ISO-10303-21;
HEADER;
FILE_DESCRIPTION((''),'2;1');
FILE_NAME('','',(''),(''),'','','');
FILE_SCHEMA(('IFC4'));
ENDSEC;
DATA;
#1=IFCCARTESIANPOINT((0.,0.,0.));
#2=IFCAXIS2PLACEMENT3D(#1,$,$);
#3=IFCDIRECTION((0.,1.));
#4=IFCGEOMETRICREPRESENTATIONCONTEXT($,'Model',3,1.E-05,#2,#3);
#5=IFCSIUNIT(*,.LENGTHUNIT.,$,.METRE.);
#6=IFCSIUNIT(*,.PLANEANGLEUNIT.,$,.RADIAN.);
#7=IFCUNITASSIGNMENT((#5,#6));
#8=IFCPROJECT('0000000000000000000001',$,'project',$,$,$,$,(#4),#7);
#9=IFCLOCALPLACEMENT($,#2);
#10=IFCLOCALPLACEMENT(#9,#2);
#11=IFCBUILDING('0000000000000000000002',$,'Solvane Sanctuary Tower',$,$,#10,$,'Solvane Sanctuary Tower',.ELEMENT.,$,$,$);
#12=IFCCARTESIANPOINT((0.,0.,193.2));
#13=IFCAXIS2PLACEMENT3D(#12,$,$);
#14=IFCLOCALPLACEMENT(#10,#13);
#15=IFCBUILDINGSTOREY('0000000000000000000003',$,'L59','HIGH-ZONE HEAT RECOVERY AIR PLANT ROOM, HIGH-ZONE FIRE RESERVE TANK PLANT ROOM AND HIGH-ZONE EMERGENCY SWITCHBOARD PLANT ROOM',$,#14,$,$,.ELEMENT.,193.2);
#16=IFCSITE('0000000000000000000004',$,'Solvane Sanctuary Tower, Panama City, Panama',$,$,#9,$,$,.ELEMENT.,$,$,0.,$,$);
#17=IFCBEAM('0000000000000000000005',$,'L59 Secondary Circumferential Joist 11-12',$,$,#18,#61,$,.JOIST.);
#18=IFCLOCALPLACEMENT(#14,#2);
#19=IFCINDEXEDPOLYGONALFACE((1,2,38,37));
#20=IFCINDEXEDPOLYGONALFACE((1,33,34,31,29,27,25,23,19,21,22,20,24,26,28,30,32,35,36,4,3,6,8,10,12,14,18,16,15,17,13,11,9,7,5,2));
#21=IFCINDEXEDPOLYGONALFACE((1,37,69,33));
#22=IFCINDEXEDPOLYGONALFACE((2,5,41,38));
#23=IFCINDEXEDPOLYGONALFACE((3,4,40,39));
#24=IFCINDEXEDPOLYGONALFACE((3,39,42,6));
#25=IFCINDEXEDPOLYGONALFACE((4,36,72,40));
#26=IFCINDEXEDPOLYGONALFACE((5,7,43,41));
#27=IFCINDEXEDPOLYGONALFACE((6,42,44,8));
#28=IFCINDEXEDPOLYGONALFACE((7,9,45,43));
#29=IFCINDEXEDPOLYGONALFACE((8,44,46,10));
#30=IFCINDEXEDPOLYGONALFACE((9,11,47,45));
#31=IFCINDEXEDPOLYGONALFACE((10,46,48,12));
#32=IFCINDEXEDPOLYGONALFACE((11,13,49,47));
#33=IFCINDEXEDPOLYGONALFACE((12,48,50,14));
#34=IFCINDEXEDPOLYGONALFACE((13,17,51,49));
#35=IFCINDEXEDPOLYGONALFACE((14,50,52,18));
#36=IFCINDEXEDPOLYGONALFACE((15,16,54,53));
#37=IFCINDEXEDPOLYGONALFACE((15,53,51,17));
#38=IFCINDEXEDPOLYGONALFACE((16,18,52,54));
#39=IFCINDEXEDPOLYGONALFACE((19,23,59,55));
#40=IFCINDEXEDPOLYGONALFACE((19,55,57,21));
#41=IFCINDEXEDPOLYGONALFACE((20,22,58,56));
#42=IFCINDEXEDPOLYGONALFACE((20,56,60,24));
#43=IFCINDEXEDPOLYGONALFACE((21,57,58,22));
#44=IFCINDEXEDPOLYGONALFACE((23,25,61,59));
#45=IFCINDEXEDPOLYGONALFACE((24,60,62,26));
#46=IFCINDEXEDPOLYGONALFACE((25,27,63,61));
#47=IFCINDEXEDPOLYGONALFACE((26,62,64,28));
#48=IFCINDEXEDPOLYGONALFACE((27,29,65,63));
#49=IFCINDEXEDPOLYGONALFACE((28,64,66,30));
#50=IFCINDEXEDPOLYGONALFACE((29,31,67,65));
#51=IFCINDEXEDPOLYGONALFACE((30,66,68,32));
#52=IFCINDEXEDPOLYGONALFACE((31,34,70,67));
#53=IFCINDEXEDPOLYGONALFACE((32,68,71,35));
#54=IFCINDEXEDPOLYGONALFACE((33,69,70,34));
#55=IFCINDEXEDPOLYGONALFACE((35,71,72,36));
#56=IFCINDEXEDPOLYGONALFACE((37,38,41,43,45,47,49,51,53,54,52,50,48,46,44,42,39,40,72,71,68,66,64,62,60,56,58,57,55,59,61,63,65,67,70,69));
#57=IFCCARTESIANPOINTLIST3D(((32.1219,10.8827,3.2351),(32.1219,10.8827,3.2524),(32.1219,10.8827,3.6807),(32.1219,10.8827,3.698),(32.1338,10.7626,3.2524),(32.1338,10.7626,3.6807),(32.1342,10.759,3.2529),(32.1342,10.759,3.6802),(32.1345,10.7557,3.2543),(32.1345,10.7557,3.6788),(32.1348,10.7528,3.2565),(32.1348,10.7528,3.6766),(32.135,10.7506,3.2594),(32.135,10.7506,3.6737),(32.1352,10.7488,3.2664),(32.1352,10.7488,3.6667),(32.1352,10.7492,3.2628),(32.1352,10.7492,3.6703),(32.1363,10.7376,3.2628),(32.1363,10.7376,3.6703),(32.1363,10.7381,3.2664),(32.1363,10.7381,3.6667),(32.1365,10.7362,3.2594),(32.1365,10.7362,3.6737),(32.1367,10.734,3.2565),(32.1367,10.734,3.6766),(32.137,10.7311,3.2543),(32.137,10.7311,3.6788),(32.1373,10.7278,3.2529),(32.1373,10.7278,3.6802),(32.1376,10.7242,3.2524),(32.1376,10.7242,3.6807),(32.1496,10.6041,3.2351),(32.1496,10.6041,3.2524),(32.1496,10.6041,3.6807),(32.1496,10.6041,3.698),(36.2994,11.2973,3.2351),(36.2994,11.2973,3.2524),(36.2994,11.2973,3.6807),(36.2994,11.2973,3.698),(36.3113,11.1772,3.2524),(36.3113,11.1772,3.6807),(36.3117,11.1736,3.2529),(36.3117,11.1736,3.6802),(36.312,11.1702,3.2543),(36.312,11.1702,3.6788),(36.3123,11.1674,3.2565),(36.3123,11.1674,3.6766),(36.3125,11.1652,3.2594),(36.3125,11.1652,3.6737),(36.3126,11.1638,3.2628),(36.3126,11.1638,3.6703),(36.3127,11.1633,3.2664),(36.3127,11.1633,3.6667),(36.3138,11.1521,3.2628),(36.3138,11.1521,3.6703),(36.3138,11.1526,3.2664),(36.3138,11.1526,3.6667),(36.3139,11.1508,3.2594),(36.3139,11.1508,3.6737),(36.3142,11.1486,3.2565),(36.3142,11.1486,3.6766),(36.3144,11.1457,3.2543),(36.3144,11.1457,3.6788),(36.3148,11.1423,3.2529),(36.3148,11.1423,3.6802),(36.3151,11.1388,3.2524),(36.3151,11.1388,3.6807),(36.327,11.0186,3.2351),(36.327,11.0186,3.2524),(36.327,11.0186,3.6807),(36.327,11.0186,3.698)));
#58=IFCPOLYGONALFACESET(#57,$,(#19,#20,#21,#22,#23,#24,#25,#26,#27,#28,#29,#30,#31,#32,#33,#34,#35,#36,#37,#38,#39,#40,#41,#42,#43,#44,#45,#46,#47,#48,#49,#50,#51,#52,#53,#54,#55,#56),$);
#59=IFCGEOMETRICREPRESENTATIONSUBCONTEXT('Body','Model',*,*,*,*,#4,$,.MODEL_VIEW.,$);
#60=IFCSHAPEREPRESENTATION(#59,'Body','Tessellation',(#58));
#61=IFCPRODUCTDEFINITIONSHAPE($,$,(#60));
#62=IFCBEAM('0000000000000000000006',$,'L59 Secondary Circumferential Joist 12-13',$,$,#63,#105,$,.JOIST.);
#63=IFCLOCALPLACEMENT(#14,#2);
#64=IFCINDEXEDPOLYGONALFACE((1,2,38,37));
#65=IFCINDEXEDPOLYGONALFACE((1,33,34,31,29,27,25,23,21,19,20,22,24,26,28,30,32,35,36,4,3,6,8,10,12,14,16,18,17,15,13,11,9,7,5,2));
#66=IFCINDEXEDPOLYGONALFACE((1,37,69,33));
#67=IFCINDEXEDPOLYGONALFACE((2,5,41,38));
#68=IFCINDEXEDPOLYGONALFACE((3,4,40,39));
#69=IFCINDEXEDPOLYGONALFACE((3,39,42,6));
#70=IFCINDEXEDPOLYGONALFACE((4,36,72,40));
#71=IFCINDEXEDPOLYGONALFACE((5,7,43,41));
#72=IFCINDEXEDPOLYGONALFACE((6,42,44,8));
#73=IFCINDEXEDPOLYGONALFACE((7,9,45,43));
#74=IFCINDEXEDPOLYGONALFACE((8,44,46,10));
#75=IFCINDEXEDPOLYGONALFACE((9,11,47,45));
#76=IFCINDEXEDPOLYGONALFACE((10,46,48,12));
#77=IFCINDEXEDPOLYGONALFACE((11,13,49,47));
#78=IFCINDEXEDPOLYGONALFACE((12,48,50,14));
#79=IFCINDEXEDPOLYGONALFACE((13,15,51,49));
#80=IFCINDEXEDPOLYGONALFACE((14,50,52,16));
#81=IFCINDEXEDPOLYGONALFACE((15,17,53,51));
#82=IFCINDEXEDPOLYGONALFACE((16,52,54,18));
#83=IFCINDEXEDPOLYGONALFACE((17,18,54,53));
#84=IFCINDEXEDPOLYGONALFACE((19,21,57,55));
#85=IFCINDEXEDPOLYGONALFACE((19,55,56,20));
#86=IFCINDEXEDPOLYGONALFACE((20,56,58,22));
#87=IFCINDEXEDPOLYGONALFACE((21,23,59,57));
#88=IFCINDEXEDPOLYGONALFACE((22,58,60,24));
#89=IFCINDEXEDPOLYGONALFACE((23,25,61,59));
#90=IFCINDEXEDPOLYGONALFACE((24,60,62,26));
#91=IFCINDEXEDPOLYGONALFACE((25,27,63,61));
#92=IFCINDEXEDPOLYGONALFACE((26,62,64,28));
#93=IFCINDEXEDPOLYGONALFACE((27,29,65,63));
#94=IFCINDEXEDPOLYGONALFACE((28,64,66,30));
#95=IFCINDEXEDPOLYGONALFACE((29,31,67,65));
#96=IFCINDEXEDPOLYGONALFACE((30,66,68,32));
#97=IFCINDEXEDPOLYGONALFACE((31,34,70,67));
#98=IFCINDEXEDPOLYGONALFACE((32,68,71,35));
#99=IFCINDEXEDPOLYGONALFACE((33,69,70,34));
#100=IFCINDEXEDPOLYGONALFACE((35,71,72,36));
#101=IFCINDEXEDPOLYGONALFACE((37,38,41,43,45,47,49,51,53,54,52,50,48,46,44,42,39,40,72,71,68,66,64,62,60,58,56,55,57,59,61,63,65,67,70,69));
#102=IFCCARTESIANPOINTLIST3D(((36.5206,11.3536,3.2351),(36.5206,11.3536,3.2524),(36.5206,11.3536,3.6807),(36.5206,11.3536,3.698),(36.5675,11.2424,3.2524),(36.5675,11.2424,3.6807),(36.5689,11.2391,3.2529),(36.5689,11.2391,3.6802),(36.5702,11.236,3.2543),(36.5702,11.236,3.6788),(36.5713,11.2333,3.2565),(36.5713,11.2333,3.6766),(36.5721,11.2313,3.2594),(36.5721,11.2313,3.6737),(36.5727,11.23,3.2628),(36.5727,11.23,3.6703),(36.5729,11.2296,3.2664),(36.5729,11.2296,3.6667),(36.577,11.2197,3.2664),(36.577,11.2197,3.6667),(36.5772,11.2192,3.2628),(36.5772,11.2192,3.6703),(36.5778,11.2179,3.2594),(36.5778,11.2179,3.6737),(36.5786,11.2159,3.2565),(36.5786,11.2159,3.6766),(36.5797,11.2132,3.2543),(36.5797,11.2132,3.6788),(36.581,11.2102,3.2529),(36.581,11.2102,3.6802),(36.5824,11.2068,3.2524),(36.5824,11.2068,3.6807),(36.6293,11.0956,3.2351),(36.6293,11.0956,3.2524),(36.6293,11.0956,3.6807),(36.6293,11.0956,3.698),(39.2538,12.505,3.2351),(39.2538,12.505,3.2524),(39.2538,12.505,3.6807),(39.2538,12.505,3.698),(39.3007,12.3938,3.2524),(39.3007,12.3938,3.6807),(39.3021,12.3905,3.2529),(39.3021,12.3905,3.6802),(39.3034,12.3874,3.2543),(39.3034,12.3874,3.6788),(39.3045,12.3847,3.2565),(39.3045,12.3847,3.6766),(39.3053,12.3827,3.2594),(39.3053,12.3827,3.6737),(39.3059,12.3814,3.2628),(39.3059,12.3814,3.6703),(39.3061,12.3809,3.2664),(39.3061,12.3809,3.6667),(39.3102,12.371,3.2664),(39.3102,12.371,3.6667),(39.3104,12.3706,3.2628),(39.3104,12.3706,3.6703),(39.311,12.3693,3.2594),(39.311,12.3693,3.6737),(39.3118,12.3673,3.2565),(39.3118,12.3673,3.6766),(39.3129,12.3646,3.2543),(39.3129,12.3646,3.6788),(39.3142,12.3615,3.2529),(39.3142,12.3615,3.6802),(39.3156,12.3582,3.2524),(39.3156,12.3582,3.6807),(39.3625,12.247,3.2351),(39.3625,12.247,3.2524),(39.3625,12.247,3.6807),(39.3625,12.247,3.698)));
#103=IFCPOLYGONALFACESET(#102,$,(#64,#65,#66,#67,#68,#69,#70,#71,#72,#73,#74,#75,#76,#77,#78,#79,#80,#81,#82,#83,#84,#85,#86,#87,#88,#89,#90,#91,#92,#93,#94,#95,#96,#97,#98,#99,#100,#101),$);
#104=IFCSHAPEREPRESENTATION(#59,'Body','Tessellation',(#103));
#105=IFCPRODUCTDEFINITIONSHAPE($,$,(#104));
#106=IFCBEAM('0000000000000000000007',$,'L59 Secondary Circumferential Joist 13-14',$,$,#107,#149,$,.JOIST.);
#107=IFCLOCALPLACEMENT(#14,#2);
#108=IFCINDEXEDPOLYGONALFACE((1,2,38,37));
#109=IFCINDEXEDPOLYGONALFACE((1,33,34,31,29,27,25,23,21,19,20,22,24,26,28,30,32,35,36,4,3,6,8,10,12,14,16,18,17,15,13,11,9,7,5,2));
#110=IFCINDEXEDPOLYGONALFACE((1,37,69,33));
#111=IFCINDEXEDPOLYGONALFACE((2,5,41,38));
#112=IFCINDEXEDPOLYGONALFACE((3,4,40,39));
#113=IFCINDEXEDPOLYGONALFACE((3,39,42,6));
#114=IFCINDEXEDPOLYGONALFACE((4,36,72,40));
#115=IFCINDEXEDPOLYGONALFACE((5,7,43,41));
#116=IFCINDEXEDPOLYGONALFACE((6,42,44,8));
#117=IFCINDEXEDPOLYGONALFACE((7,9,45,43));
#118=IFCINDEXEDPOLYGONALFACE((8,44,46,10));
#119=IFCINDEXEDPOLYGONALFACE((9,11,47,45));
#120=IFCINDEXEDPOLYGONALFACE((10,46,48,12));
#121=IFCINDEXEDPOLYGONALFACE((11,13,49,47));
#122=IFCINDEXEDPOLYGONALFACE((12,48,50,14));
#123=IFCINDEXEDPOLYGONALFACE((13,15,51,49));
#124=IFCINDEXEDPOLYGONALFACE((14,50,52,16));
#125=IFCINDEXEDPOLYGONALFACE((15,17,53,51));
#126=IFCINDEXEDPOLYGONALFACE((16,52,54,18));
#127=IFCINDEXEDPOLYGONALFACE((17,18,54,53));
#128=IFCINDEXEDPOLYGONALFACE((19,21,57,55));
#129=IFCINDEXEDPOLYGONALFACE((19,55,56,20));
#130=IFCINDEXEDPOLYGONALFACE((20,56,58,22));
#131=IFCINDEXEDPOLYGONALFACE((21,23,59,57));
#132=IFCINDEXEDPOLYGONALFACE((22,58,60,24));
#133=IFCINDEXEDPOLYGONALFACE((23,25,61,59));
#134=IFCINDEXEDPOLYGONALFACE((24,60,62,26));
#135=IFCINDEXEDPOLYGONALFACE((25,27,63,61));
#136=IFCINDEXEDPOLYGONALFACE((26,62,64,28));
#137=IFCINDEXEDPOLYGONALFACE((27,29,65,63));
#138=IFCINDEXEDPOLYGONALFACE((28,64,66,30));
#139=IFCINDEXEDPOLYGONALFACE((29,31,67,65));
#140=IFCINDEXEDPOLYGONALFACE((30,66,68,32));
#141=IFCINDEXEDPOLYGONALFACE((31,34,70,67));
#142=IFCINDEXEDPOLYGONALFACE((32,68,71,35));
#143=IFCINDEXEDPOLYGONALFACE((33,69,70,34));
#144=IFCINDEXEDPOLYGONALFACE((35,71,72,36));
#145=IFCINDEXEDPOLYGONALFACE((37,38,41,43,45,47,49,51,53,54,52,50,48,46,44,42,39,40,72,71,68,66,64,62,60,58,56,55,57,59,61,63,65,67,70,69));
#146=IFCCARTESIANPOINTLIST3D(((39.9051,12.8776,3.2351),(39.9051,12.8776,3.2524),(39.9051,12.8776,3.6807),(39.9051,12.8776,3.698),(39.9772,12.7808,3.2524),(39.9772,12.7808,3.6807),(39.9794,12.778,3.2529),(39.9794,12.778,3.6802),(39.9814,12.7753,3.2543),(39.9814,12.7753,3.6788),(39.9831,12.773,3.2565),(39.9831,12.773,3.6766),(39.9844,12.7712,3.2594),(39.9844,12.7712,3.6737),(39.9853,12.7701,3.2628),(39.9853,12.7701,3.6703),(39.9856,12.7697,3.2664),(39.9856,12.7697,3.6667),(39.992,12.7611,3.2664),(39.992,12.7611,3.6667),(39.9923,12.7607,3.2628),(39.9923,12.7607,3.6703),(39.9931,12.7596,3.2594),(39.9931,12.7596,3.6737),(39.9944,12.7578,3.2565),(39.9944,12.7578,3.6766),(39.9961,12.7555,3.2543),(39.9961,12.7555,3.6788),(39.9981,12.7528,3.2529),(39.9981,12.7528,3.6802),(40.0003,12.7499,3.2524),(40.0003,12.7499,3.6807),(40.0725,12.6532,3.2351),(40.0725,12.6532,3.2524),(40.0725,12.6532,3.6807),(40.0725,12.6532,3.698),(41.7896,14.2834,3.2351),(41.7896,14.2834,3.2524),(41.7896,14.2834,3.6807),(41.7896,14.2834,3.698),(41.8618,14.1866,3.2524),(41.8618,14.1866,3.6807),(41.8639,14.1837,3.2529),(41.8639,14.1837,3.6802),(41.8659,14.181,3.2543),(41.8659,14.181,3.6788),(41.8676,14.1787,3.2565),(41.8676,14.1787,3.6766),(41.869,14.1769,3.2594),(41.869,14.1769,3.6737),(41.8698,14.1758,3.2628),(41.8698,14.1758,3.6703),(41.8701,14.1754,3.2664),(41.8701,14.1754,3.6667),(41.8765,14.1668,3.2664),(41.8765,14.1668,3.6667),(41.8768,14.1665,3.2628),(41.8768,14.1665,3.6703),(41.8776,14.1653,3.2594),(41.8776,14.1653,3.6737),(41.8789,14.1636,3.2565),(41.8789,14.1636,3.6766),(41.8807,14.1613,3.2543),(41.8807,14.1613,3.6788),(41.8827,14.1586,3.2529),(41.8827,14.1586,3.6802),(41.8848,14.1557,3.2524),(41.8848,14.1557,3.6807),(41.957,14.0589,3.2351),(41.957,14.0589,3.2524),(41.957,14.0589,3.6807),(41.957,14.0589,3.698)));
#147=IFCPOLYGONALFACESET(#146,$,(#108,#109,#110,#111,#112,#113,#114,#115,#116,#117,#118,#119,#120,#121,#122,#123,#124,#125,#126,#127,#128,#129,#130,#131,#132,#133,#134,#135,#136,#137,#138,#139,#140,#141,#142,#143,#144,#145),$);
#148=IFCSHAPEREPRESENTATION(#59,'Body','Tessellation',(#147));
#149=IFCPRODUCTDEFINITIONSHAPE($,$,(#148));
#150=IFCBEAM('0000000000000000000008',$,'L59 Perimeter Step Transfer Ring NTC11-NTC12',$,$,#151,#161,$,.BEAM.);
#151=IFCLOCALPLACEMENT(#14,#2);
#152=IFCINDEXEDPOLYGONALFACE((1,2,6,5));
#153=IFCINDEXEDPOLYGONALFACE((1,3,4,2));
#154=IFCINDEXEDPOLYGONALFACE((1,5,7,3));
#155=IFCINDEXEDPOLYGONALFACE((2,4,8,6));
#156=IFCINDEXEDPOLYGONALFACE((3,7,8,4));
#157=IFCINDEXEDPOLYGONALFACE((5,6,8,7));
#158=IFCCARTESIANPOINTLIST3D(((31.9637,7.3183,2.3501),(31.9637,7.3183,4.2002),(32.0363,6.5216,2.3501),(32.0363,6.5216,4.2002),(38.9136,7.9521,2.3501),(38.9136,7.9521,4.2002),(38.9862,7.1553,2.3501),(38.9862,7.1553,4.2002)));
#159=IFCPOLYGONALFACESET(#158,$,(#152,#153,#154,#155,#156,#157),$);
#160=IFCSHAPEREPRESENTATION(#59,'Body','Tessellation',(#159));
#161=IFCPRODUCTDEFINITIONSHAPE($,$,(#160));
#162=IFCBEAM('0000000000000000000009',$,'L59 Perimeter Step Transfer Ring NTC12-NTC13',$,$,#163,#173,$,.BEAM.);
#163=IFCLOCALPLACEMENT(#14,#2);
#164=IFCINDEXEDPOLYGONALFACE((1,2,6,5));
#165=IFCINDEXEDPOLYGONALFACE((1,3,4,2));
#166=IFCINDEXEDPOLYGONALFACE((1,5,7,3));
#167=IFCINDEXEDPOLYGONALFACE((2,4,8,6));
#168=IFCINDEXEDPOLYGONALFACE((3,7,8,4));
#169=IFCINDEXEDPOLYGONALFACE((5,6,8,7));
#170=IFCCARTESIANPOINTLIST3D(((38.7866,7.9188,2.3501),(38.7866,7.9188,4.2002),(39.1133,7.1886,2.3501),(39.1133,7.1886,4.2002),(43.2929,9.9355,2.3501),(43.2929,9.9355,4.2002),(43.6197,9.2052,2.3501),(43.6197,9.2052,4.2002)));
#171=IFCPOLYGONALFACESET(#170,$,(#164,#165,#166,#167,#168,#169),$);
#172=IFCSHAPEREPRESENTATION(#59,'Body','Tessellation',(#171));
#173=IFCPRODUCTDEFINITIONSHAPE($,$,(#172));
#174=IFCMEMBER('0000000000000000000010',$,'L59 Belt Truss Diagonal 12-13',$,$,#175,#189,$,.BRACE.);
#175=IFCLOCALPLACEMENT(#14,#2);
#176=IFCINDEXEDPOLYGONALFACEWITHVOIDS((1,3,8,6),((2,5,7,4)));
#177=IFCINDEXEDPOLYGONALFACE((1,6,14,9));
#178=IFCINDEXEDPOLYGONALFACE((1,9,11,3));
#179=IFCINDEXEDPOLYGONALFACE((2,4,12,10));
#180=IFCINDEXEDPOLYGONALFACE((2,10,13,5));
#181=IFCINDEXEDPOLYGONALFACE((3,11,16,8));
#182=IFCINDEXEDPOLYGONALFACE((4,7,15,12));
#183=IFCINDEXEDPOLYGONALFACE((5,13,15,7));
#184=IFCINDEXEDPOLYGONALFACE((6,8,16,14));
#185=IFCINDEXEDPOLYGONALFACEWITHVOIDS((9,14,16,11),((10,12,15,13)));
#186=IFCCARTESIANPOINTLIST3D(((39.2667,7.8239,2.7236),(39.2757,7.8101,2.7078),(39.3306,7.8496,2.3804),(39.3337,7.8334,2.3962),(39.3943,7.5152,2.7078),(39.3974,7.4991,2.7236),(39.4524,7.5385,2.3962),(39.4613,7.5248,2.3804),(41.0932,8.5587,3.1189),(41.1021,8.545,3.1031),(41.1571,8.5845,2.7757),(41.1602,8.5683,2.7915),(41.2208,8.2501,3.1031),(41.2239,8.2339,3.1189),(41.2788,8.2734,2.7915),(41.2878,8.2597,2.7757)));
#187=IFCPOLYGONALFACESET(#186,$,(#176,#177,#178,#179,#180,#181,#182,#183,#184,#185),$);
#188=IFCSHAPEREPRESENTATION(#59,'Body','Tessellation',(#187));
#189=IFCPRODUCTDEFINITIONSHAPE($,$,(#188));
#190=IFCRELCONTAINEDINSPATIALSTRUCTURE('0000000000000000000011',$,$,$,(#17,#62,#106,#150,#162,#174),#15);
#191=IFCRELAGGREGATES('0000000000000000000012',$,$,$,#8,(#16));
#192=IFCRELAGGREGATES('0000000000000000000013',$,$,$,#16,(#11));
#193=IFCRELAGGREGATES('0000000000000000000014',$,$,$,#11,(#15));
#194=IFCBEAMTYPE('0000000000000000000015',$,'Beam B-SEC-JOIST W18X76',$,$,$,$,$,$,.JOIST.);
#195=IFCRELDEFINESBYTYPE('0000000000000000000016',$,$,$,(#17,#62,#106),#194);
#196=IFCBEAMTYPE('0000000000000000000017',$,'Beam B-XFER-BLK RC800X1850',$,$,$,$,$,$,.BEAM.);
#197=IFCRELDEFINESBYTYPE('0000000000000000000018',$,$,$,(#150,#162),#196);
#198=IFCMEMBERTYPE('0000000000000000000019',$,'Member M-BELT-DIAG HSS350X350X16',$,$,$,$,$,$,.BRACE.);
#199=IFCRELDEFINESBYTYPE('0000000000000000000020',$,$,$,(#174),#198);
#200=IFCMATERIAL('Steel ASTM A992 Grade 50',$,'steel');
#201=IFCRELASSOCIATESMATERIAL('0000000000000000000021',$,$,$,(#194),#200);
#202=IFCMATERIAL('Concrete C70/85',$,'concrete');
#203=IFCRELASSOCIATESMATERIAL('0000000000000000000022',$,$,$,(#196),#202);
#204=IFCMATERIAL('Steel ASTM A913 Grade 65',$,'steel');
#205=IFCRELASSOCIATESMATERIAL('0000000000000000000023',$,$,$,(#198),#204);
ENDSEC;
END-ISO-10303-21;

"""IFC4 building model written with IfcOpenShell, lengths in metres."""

from ifc_helpers import new_model, si_unit, direction, frame, origin, origin_2d, place, context, subcontext, project, spatial, rectangle, hollow_rectangle, i_section, extrude, material, material_profile, profile_set, type_object, element, save


model = new_model("IFC4")

# Units and contexts
model_context = context("Model", 3, precision=1e-05, world=origin(), true_north=direction((0.0, 1.0)))
body_context = subcontext(model_context, "Body", "Model", "MODEL_VIEW")
ifc_project = project(units=[si_unit("LENGTHUNIT", "METRE"), si_unit("PLANEANGLEUNIT", "RADIAN")], contexts=[model_context])

# Site, building, storey
site_placement = place(None, origin())
site = spatial("IfcSite", under=ifc_project, at=site_placement, Name="Solvane Sanctuary Tower, Panama City, Panama", CompositionType="ELEMENT", RefElevation=0.0)
building_placement = place(site_placement, origin())
building = spatial("IfcBuilding", under=site, at=building_placement, Name="Solvane Sanctuary Tower", LongName="Solvane Sanctuary Tower", CompositionType="ELEMENT")
storey_placement = place(building_placement, frame((0.0, 0.0, 193.2)))
storey = spatial("IfcBuildingStorey", under=building, at=storey_placement, Name="L59", Description="HIGH-ZONE HEAT RECOVERY AIR PLANT ROOM, HIGH-ZONE FIRE RESERVE TANK PLANT ROOM AND HIGH-ZONE EMERGENCY SWITCHBOARD PLANT ROOM", CompositionType="ELEMENT", Elevation=193.2)

# Beams
ifc_material_1 = material(Name="Steel ASTM A913 Grade 65", Category="steel")
ifc_material_2 = material(Name="Steel ASTM A992 Grade 50", Category="steel")
ifc_material_profile_1 = material_profile(ifc_material_2, i_section(OverallWidth=0.28, OverallDepth=0.4629, WebThickness=0.0107, FlangeThickness=0.0173, FilletRadius=0.0139, at=origin_2d()), Name="W18X76")
ifc_profile_set_1 = profile_set([ifc_material_profile_1], Name="Steel ASTM A992 Grade 50")
beam_type_1 = type_object("IfcBeamType", Name="Beam B-SEC-JOIST W18X76", PredefinedType="JOIST", material=ifc_profile_set_1)
beam_1_placement = place(storey_placement, frame((32.1357, 10.7434, 3.4666), z_axis=(0.995112, 0.098749, 0.0), x_axis=(-0.098749, 0.995112, 0.0)))
element("IfcBeam", 1, at=beam_1_placement, inside=storey, type_object=beam_type_1, Name="L59 Secondary Circumferential Joist 11-12", PredefinedType="JOIST", context=body_context, shape_type="SweptSolid", body=[
    extrude(i_section(OverallWidth=0.28, OverallDepth=0.4629, WebThickness=0.0107, FlangeThickness=0.0173, FilletRadius=0.0139, at=origin_2d()), origin(), (0.0, 0.0, 1.0), 4.198),
])
beam_2_placement = place(storey_placement, frame((36.575, 11.2246, 3.4666), z_axis=(0.921567, 0.388219, 0.0), x_axis=(-0.388219, 0.921567, 0.0)))
element("IfcBeam", 2, at=beam_2_placement, inside=storey, type_object=beam_type_1, Name="L59 Secondary Circumferential Joist 12-13", PredefinedType="JOIST", context=body_context, shape_type="SweptSolid", body=[
    extrude(i_section(OverallWidth=0.28, OverallDepth=0.4629, WebThickness=0.0107, FlangeThickness=0.0173, FilletRadius=0.0139, at=origin_2d()), origin(), (0.0, 0.0, 1.0), 2.9658),
])
beam_3_placement = place(storey_placement, frame((39.9888, 12.7654, 3.4666), z_axis=(0.801555, 0.597921, 0.0), x_axis=(-0.597921, 0.801555, 0.0)))
element("IfcBeam", 3, at=beam_3_placement, inside=storey, type_object=beam_type_1, Name="L59 Secondary Circumferential Joist 13-14", PredefinedType="JOIST", context=body_context, shape_type="SweptSolid", body=[
    extrude(i_section(OverallWidth=0.28, OverallDepth=0.4629, WebThickness=0.0107, FlangeThickness=0.0173, FilletRadius=0.0139, at=origin_2d()), origin(), (0.0, 0.0, 1.0), 2.3511),
])
ifc_material_3 = material(Name="Concrete C70/85", Category="concrete")
ifc_material_profile_2 = material_profile(ifc_material_3, rectangle(XDim=0.8, YDim=1.8501, at=origin_2d()), Name="RC800X1850")
ifc_profile_set_2 = profile_set([ifc_material_profile_2], Name="Concrete C70/85")
beam_type_2 = type_object("IfcBeamType", Name="Beam B-XFER-BLK RC800X1850", PredefinedType="BEAM", material=ifc_profile_set_2)
beam_4_placement = place(storey_placement, frame((32.0, 6.9199, 3.2751), z_axis=(0.995868, 0.090816, 0.0), x_axis=(-0.090816, 0.995868, 0.0)))
element("IfcBeam", 4, at=beam_4_placement, inside=storey, type_object=beam_type_2, Name="L59 Perimeter Step Transfer Ring NTC11-NTC12", PredefinedType="BEAM", context=body_context, shape_type="SweptSolid", body=[
    extrude(rectangle(XDim=0.8, YDim=1.8501, at=origin_2d()), origin(), (0.0, 0.0, 1.0), 6.9788),
])
beam_5_placement = place(storey_placement, frame((38.95, 7.5537, 3.2751), z_axis=(0.912773, 0.408468, 0.0), x_axis=(-0.408468, 0.912773, 0.0)))
element("IfcBeam", 5, at=beam_5_placement, inside=storey, type_object=beam_type_2, Name="L59 Perimeter Step Transfer Ring NTC12-NTC13", PredefinedType="BEAM", context=body_context, shape_type="SweptSolid", body=[
    extrude(rectangle(XDim=0.8, YDim=1.8501, at=origin_2d()), origin(), (0.0, 0.0, 1.0), 4.937),
])

# Member
ifc_material_profile_3 = material_profile(ifc_material_1, hollow_rectangle(XDim=0.3501, YDim=0.3501, WallThickness=0.0161, at=origin_2d()), Name="HSS350X350X16")
ifc_profile_set_3 = profile_set([ifc_material_profile_3], Name="Steel ASTM A913 Grade 65")
member_type = type_object("IfcMemberType", Name="Member M-BELT-DIAG HSS350X350X16", PredefinedType="BRACE", material=ifc_profile_set_3)
member_placement = place(storey_placement, frame((39.364, 7.6743, 2.552), z_axis=(0.909571, 0.365968, 0.196845), x_axis=(-0.373271, 0.927722, 0.0)))
element("IfcMember", 6, at=member_placement, inside=storey, type_object=member_type, Name="L59 Belt Truss Diagonal 12-13", PredefinedType="BRACE", context=body_context, shape_type="SweptSolid", body=[
    extrude(hollow_rectangle(XDim=0.3501, YDim=0.3501, WallThickness=0.0161, at=origin_2d()), origin(), (0.0, 0.0, 1.0), 2.0081),
])

save(model, "model.ifc")
